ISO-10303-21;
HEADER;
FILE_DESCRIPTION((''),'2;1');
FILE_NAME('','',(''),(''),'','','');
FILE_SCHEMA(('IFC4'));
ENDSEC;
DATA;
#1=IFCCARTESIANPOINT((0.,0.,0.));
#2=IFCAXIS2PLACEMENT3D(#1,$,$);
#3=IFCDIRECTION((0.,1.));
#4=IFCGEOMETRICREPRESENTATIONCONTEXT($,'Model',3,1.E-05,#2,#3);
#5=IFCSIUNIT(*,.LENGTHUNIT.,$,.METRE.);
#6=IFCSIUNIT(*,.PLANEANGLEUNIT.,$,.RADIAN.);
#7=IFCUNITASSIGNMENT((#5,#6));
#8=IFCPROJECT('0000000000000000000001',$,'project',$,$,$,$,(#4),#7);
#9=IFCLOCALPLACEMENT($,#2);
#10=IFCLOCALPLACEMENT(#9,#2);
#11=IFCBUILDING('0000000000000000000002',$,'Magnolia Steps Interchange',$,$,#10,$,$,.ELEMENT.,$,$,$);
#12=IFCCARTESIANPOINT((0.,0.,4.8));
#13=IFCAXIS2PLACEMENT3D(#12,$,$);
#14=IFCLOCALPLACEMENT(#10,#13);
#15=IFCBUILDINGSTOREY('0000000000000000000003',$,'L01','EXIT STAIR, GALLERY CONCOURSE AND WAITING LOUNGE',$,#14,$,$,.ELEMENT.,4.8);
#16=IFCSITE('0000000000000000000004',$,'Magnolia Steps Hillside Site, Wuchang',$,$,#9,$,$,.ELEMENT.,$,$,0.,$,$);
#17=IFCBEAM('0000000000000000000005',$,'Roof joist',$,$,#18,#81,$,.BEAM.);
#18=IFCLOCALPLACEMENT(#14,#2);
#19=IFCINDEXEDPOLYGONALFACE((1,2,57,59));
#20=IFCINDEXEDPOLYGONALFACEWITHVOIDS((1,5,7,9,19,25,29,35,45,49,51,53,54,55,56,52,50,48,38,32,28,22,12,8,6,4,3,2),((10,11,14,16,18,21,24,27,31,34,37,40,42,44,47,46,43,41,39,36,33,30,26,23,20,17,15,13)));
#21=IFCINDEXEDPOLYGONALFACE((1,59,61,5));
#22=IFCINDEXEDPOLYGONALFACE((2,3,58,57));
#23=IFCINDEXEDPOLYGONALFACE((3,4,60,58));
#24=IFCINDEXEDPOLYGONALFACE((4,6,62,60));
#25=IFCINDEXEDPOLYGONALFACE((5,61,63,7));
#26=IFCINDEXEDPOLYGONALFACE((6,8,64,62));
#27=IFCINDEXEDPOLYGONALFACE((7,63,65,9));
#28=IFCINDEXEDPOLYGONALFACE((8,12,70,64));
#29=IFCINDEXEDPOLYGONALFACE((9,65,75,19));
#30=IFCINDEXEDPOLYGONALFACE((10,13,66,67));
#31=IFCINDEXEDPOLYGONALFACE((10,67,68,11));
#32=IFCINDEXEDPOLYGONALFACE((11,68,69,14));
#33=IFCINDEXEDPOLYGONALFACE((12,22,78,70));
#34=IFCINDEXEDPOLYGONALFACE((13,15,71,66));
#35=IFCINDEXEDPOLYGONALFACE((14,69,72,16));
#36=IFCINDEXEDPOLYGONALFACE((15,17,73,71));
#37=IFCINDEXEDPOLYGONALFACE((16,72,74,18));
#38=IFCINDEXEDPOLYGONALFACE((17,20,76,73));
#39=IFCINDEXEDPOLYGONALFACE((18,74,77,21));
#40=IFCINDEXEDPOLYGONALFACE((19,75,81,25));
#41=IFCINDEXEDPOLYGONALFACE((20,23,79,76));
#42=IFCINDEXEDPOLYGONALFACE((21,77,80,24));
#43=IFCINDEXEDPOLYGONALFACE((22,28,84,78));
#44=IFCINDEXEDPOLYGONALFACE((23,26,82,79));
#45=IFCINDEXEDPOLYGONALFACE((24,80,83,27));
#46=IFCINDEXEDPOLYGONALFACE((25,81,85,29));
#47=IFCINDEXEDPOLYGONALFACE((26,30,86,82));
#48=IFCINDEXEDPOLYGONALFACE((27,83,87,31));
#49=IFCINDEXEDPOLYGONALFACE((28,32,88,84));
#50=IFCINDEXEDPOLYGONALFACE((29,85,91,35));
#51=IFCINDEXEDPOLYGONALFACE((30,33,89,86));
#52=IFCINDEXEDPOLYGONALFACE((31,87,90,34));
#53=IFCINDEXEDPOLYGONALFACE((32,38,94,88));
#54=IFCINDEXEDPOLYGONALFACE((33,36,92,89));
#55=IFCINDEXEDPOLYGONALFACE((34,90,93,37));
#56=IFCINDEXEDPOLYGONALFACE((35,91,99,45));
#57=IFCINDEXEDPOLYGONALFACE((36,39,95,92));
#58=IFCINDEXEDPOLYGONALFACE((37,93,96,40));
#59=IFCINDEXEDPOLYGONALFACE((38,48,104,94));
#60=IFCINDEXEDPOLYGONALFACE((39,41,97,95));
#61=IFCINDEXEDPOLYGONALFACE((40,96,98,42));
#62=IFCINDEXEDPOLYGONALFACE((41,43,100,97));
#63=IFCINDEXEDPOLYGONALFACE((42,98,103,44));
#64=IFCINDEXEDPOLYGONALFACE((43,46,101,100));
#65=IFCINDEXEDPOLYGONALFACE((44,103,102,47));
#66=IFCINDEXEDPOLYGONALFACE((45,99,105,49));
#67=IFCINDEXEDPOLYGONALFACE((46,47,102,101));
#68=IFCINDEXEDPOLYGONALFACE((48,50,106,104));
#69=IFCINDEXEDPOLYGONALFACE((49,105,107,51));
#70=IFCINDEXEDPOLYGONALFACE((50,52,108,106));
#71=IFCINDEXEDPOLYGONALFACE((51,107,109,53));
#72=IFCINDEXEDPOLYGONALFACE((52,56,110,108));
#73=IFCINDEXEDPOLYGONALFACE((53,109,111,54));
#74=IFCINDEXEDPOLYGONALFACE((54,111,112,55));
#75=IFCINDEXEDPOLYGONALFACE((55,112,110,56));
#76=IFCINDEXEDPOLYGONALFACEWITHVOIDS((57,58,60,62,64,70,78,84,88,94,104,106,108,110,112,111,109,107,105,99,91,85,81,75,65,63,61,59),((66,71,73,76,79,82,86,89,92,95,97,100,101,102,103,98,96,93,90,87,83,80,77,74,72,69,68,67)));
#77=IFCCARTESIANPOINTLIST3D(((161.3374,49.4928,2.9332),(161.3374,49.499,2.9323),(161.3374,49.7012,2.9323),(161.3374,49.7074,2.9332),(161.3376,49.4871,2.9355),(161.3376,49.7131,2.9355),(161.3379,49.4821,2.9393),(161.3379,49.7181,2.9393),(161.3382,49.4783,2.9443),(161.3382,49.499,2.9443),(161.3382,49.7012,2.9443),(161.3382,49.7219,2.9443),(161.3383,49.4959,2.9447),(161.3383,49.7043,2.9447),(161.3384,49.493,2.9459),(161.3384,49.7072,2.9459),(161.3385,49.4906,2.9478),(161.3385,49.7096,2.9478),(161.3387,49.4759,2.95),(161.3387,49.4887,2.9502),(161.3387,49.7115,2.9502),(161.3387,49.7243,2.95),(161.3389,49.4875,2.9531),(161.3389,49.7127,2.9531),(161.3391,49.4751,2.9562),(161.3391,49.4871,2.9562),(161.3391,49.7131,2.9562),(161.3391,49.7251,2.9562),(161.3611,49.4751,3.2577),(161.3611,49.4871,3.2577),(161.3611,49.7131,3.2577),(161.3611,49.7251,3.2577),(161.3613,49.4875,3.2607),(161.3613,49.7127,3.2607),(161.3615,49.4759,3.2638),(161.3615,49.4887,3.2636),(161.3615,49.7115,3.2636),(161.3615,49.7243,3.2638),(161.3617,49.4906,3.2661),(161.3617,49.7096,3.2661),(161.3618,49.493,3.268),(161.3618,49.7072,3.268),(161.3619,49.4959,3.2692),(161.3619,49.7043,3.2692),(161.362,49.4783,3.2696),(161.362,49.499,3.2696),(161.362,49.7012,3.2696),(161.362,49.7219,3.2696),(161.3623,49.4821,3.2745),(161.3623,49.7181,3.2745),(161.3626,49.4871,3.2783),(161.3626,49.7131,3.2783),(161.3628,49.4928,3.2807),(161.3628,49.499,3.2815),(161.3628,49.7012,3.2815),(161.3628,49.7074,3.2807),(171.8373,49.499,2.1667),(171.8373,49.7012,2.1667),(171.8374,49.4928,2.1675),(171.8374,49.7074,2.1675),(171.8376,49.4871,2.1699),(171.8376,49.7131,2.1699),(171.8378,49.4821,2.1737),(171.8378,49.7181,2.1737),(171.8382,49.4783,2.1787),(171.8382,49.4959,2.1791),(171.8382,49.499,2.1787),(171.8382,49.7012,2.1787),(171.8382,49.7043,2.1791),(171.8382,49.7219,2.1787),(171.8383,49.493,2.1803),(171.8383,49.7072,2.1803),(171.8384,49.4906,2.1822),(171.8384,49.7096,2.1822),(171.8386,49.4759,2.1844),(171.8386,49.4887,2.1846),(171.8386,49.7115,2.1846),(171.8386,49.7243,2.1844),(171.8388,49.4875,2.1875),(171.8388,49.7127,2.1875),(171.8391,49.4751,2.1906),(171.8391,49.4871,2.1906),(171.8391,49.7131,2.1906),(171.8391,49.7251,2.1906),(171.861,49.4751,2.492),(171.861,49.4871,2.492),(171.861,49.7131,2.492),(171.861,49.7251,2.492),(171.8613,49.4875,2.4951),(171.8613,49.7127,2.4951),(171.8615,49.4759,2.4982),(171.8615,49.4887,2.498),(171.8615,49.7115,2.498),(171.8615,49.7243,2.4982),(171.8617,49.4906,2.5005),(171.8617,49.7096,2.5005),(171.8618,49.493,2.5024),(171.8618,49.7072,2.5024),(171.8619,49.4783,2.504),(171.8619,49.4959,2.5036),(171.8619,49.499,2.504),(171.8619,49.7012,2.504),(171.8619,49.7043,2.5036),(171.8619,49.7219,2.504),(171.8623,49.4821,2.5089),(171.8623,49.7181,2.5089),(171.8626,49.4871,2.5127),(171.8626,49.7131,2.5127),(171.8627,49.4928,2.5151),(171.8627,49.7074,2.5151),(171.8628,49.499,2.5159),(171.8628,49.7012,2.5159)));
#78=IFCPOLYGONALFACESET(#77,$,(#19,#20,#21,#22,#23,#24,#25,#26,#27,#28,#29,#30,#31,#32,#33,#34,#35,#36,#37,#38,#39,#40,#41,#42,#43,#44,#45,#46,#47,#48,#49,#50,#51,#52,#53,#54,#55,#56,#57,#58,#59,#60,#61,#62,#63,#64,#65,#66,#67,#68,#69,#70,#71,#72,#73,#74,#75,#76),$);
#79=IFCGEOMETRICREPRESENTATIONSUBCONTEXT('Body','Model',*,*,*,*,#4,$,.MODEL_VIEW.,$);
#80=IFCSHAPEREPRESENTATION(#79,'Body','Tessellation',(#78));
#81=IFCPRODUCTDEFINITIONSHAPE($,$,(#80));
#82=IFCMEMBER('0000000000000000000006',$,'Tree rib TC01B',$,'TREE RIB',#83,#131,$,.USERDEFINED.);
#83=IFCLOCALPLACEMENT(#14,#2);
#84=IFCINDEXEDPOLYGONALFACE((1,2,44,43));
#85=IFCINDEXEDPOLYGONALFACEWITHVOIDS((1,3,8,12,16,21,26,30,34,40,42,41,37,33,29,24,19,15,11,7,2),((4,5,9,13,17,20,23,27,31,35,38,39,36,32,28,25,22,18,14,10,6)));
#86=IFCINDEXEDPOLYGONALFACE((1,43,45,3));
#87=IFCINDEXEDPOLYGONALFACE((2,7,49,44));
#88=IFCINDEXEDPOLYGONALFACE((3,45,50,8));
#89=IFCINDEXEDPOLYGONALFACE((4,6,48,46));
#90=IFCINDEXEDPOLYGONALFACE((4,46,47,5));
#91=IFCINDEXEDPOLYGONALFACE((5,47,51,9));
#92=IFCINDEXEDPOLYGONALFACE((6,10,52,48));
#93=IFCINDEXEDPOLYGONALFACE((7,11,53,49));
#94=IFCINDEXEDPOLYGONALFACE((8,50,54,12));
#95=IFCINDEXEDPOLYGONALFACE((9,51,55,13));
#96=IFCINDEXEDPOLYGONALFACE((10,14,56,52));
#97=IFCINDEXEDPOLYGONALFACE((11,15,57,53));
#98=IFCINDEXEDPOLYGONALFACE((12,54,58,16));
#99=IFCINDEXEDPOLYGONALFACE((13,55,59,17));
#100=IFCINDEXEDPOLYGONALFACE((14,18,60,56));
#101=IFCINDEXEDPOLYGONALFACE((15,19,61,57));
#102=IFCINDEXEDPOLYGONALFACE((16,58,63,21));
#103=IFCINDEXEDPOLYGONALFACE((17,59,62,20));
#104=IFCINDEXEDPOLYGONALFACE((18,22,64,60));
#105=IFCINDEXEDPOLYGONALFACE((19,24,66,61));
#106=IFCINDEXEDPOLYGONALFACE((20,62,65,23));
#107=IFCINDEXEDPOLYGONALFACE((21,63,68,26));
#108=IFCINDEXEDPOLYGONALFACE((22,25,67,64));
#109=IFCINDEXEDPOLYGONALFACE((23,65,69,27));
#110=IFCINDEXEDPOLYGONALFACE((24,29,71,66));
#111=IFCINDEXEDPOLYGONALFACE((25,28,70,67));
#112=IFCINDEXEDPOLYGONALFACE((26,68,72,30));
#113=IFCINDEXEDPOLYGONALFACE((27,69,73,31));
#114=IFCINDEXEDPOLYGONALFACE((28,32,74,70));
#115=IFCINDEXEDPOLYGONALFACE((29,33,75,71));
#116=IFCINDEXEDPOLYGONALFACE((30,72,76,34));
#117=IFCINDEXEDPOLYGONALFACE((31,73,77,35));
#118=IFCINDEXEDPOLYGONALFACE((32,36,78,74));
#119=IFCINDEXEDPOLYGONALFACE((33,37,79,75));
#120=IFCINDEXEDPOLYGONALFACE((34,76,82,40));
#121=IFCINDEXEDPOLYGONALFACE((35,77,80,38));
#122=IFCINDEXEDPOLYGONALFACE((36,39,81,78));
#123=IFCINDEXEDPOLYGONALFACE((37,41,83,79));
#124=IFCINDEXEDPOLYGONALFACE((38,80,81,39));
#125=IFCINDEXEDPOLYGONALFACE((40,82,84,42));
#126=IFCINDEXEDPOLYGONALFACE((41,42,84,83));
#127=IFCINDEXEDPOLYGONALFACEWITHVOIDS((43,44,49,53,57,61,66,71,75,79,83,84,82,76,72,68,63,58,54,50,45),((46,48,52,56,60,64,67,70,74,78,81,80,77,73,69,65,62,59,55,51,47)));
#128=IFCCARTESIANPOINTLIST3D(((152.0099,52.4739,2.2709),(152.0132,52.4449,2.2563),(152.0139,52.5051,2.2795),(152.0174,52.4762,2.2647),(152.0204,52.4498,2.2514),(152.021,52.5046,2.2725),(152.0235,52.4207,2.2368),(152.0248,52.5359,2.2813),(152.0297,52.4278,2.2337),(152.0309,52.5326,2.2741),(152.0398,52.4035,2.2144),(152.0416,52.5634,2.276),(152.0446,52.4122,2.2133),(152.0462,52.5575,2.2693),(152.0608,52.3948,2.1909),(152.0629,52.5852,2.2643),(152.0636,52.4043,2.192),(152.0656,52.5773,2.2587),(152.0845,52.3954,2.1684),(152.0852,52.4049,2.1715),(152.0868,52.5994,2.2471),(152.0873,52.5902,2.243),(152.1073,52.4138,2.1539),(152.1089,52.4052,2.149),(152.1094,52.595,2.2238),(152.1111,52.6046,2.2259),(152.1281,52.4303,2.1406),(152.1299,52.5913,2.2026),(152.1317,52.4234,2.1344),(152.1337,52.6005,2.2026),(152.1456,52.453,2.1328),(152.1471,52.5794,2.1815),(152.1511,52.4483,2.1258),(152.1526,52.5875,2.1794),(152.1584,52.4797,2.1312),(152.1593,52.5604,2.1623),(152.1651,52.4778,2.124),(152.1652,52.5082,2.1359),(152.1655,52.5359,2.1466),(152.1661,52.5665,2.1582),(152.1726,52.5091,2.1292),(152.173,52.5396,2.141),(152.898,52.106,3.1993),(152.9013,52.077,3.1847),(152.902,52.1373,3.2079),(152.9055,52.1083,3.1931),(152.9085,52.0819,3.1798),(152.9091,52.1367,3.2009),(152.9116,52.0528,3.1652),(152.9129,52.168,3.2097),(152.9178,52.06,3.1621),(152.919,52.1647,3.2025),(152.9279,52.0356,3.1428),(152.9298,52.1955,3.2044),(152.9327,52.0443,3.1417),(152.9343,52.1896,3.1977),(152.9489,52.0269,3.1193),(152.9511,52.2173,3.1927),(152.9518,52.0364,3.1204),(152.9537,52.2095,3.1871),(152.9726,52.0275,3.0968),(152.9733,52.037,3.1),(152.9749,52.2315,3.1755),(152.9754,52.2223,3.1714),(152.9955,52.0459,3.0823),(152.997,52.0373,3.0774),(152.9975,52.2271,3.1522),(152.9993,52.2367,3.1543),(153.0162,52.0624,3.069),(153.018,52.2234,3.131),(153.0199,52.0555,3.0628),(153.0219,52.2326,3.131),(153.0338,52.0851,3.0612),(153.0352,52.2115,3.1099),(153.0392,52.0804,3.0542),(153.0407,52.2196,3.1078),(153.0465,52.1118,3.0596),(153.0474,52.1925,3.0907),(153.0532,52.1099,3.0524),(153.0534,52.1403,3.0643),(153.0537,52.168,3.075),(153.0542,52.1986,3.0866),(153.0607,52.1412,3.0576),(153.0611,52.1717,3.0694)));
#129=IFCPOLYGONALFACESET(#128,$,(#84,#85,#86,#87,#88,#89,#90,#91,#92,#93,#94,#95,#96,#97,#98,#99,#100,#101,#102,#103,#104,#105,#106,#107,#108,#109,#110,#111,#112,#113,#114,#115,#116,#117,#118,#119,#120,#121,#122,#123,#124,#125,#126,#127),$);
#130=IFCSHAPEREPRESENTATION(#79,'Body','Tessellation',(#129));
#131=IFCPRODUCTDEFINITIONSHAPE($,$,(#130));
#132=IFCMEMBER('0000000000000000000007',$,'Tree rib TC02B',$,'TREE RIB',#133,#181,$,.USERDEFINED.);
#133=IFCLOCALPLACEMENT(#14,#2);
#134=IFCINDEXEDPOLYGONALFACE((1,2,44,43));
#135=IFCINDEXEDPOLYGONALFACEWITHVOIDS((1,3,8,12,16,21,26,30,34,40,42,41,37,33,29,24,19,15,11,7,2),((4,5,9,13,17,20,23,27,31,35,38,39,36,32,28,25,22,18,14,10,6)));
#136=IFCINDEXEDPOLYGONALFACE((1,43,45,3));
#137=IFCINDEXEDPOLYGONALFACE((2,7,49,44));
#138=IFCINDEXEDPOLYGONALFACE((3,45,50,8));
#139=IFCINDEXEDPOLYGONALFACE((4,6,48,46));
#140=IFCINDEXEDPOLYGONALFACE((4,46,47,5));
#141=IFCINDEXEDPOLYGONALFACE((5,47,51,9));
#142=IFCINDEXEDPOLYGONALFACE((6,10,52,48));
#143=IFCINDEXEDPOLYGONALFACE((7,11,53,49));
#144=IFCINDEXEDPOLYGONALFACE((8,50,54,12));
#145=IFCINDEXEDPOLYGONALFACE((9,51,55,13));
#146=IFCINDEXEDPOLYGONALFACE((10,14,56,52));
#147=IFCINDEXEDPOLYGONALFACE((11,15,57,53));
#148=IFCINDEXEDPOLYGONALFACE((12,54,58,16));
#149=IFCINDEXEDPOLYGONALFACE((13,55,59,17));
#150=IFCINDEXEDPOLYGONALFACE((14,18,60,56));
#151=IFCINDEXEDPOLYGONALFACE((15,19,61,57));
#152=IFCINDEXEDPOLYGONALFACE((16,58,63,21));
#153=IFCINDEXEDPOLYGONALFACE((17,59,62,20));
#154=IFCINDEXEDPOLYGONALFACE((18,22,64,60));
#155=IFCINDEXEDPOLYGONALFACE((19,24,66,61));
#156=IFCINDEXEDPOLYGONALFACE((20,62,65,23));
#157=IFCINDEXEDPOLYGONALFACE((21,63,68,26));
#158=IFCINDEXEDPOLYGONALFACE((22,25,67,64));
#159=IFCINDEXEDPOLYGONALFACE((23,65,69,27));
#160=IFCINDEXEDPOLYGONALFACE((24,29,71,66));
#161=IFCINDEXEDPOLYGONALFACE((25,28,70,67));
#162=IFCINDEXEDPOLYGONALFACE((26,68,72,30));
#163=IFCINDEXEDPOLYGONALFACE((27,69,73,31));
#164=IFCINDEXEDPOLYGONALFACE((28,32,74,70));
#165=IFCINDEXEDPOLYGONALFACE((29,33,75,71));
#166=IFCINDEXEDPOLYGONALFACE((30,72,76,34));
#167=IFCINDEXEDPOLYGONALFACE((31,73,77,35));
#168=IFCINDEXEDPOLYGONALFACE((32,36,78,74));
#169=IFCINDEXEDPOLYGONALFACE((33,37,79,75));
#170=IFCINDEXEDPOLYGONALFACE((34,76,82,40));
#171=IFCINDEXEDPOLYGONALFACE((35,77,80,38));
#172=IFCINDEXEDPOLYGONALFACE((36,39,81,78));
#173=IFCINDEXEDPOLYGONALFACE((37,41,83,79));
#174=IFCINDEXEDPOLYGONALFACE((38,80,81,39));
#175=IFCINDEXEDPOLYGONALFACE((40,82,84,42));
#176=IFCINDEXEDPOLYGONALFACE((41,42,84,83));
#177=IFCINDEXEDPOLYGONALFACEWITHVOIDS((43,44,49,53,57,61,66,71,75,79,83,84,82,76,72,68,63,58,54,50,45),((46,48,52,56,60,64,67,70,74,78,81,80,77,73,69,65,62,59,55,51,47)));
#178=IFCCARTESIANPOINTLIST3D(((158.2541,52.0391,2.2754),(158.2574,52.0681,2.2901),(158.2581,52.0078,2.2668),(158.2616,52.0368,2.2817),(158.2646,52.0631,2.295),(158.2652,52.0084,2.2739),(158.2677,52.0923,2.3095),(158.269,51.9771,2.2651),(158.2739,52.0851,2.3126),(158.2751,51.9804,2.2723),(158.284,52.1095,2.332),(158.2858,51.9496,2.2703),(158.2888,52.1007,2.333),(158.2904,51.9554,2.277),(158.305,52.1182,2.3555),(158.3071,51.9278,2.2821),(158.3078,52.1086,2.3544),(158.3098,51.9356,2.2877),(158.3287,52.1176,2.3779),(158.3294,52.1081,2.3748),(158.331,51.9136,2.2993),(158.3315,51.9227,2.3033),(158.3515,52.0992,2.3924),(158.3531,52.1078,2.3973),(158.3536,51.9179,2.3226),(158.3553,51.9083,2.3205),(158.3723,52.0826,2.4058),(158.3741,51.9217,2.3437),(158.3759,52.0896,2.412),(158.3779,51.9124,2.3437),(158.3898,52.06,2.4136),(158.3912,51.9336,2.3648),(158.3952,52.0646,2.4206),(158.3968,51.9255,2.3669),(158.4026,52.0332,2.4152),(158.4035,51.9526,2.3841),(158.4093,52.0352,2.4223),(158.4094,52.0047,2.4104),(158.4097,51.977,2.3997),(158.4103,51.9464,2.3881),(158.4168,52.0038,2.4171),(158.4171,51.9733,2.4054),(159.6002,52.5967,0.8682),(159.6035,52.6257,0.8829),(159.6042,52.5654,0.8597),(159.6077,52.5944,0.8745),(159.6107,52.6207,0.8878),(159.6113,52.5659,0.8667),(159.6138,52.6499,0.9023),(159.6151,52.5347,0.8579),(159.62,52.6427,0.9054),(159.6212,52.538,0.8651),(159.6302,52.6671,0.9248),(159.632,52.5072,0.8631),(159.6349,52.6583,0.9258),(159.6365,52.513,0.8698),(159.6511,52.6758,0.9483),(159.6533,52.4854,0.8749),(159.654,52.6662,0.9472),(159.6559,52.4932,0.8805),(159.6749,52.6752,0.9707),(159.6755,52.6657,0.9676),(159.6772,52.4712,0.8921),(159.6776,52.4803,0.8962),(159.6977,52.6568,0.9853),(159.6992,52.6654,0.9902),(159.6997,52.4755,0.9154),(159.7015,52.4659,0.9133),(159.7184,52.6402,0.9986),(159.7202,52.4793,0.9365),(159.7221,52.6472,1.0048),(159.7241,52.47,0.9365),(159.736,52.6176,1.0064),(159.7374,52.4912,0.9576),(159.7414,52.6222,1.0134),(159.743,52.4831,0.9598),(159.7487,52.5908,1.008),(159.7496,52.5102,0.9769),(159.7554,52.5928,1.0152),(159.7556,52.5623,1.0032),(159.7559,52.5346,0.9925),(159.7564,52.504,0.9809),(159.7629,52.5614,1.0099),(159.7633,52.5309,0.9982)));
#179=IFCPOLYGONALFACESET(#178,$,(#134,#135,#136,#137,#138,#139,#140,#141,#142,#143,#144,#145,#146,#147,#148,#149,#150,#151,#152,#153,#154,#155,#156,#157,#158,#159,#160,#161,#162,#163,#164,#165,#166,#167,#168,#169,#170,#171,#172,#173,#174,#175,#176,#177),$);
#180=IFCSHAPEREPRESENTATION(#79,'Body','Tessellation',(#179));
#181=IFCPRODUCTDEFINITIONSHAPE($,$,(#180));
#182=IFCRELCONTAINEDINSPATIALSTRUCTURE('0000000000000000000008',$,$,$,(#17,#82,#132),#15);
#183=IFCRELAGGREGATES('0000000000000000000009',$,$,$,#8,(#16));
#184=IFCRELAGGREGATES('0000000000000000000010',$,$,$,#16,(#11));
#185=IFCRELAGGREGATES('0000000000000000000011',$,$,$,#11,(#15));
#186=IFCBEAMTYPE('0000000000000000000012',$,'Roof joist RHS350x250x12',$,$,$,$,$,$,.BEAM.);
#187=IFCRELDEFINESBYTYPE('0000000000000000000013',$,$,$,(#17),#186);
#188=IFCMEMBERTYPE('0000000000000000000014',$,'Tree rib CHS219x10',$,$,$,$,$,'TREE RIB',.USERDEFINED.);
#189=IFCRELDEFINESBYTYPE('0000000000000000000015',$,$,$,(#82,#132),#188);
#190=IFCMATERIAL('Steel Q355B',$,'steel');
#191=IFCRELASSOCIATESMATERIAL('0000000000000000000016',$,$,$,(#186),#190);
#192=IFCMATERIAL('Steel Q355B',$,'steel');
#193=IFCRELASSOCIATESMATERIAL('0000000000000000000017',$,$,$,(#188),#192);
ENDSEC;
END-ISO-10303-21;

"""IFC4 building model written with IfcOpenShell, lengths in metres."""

from ifc_helpers import new_model, si_unit, direction, frame, origin, origin_2d, place, context, subcontext, project, spatial, hollow_rectangle, hollow_circle, extrude, material, material_profile, profile_set, type_object, element, save


model = new_model("IFC4")

# Units and contexts
model_context = context("Model", 3, precision=1e-05, world=origin(), true_north=direction((0.0, 1.0)))
body_context = subcontext(model_context, "Body", "Model", "MODEL_VIEW")
ifc_project = project(units=[si_unit("LENGTHUNIT", "METRE"), si_unit("PLANEANGLEUNIT", "RADIAN")], contexts=[model_context])

# Site, building, storey
site_placement = place(None, origin())
site = spatial("IfcSite", under=ifc_project, at=site_placement, Name="Magnolia Steps Hillside Site, Wuchang", CompositionType="ELEMENT", RefElevation=0.0)
building_placement = place(site_placement, origin())
building = spatial("IfcBuilding", under=site, at=building_placement, Name="Magnolia Steps Interchange", CompositionType="ELEMENT")
storey_placement = place(building_placement, frame((0.0, 0.0, 4.8)))
storey = spatial("IfcBuildingStorey", under=building, at=storey_placement, Name="L01", Description="EXIT STAIR, GALLERY CONCOURSE AND WAITING LOUNGE", CompositionType="ELEMENT", Elevation=4.8)

# Beam
ifc_material_1 = material(Name="Steel Q355B", Category="steel")
ifc_material_profile_1 = material_profile(ifc_material_1, hollow_rectangle(XDim=0.25, YDim=0.3501, WallThickness=0.012, InnerFilletRadius=0.012, OuterFilletRadius=0.0239, at=origin_2d()), Name="RHS350x250x12")
ifc_profile_set_1 = profile_set([ifc_material_profile_1], Name="Steel Q355B")
beam_type_1 = type_object("IfcBeamType", Name="Roof joist RHS350x250x12", PredefinedType="BEAM", material=ifc_profile_set_1)
for number, where, z_axis, x_axis, name in (
    (1, (161.3501, 49.6001, 3.1069), (0.997352, 0.0, -0.072724), (0.0, 1.0, 0.0), "Roof joist"),
):
    element("IfcBeam", number, at=place(storey_placement, frame(where, z_axis=z_axis, x_axis=x_axis)), inside=storey, type_object=beam_type_1, Name=name, PredefinedType="BEAM", context=body_context, shape_type="SweptSolid", body=[
        extrude(hollow_rectangle(XDim=0.25, YDim=0.3501, WallThickness=0.012, InnerFilletRadius=0.012, OuterFilletRadius=0.0239, at=origin_2d()), origin(), (0.0, 0.0, 1.0), 10.5278),
    ])

# Members
ifc_material_2 = material(Name="Steel Q355B", Category="steel")
ifc_material_profile_2 = material_profile(ifc_material_2, hollow_circle(Radius=0.1096, WallThickness=0.01, at=origin_2d()), Name="CHS219x10")
ifc_profile_set_2 = profile_set([ifc_material_profile_2], Name="Steel Q355B")
member_type = type_object("IfcMemberType", Name="Tree rib CHS219x10", ElementType="TREE RIB", PredefinedType="USERDEFINED", material=ifc_profile_set_2)
member_1_placement = place(storey_placement, frame((152.0918, 52.4993, 2.2026), z_axis=(0.664549, -0.275282, 0.69469), x_axis=(0.382703, 0.923871, 0.0)))
element("IfcMember", 2, at=member_1_placement, inside=storey, type_object=member_type, Name="Tree rib TC01B", ObjectType="TREE RIB", PredefinedType="USERDEFINED", context=body_context, shape_type="SweptSolid", body=[
    extrude(hollow_circle(Radius=0.1096, WallThickness=0.01, at=origin_2d()), origin(), (0.0, 0.0, 1.0), 1.3364),
])
member_2_placement = place(storey_placement, frame((159.6821, 52.5713, 0.9365), z_axis=(-0.664557, -0.275272, 0.694687), x_axis=(0.382687, -0.923878, 0.0)))
element("IfcMember", 3, at=member_2_placement, inside=storey, type_object=member_type, Name="Tree rib TC02B", ObjectType="TREE RIB", PredefinedType="USERDEFINED", context=body_context, shape_type="SweptSolid", body=[
    extrude(hollow_circle(Radius=0.1096, WallThickness=0.01, at=origin_2d()), origin(), (0.0, 0.0, 1.0), 2.0256),
])

save(model, "model.ifc")
